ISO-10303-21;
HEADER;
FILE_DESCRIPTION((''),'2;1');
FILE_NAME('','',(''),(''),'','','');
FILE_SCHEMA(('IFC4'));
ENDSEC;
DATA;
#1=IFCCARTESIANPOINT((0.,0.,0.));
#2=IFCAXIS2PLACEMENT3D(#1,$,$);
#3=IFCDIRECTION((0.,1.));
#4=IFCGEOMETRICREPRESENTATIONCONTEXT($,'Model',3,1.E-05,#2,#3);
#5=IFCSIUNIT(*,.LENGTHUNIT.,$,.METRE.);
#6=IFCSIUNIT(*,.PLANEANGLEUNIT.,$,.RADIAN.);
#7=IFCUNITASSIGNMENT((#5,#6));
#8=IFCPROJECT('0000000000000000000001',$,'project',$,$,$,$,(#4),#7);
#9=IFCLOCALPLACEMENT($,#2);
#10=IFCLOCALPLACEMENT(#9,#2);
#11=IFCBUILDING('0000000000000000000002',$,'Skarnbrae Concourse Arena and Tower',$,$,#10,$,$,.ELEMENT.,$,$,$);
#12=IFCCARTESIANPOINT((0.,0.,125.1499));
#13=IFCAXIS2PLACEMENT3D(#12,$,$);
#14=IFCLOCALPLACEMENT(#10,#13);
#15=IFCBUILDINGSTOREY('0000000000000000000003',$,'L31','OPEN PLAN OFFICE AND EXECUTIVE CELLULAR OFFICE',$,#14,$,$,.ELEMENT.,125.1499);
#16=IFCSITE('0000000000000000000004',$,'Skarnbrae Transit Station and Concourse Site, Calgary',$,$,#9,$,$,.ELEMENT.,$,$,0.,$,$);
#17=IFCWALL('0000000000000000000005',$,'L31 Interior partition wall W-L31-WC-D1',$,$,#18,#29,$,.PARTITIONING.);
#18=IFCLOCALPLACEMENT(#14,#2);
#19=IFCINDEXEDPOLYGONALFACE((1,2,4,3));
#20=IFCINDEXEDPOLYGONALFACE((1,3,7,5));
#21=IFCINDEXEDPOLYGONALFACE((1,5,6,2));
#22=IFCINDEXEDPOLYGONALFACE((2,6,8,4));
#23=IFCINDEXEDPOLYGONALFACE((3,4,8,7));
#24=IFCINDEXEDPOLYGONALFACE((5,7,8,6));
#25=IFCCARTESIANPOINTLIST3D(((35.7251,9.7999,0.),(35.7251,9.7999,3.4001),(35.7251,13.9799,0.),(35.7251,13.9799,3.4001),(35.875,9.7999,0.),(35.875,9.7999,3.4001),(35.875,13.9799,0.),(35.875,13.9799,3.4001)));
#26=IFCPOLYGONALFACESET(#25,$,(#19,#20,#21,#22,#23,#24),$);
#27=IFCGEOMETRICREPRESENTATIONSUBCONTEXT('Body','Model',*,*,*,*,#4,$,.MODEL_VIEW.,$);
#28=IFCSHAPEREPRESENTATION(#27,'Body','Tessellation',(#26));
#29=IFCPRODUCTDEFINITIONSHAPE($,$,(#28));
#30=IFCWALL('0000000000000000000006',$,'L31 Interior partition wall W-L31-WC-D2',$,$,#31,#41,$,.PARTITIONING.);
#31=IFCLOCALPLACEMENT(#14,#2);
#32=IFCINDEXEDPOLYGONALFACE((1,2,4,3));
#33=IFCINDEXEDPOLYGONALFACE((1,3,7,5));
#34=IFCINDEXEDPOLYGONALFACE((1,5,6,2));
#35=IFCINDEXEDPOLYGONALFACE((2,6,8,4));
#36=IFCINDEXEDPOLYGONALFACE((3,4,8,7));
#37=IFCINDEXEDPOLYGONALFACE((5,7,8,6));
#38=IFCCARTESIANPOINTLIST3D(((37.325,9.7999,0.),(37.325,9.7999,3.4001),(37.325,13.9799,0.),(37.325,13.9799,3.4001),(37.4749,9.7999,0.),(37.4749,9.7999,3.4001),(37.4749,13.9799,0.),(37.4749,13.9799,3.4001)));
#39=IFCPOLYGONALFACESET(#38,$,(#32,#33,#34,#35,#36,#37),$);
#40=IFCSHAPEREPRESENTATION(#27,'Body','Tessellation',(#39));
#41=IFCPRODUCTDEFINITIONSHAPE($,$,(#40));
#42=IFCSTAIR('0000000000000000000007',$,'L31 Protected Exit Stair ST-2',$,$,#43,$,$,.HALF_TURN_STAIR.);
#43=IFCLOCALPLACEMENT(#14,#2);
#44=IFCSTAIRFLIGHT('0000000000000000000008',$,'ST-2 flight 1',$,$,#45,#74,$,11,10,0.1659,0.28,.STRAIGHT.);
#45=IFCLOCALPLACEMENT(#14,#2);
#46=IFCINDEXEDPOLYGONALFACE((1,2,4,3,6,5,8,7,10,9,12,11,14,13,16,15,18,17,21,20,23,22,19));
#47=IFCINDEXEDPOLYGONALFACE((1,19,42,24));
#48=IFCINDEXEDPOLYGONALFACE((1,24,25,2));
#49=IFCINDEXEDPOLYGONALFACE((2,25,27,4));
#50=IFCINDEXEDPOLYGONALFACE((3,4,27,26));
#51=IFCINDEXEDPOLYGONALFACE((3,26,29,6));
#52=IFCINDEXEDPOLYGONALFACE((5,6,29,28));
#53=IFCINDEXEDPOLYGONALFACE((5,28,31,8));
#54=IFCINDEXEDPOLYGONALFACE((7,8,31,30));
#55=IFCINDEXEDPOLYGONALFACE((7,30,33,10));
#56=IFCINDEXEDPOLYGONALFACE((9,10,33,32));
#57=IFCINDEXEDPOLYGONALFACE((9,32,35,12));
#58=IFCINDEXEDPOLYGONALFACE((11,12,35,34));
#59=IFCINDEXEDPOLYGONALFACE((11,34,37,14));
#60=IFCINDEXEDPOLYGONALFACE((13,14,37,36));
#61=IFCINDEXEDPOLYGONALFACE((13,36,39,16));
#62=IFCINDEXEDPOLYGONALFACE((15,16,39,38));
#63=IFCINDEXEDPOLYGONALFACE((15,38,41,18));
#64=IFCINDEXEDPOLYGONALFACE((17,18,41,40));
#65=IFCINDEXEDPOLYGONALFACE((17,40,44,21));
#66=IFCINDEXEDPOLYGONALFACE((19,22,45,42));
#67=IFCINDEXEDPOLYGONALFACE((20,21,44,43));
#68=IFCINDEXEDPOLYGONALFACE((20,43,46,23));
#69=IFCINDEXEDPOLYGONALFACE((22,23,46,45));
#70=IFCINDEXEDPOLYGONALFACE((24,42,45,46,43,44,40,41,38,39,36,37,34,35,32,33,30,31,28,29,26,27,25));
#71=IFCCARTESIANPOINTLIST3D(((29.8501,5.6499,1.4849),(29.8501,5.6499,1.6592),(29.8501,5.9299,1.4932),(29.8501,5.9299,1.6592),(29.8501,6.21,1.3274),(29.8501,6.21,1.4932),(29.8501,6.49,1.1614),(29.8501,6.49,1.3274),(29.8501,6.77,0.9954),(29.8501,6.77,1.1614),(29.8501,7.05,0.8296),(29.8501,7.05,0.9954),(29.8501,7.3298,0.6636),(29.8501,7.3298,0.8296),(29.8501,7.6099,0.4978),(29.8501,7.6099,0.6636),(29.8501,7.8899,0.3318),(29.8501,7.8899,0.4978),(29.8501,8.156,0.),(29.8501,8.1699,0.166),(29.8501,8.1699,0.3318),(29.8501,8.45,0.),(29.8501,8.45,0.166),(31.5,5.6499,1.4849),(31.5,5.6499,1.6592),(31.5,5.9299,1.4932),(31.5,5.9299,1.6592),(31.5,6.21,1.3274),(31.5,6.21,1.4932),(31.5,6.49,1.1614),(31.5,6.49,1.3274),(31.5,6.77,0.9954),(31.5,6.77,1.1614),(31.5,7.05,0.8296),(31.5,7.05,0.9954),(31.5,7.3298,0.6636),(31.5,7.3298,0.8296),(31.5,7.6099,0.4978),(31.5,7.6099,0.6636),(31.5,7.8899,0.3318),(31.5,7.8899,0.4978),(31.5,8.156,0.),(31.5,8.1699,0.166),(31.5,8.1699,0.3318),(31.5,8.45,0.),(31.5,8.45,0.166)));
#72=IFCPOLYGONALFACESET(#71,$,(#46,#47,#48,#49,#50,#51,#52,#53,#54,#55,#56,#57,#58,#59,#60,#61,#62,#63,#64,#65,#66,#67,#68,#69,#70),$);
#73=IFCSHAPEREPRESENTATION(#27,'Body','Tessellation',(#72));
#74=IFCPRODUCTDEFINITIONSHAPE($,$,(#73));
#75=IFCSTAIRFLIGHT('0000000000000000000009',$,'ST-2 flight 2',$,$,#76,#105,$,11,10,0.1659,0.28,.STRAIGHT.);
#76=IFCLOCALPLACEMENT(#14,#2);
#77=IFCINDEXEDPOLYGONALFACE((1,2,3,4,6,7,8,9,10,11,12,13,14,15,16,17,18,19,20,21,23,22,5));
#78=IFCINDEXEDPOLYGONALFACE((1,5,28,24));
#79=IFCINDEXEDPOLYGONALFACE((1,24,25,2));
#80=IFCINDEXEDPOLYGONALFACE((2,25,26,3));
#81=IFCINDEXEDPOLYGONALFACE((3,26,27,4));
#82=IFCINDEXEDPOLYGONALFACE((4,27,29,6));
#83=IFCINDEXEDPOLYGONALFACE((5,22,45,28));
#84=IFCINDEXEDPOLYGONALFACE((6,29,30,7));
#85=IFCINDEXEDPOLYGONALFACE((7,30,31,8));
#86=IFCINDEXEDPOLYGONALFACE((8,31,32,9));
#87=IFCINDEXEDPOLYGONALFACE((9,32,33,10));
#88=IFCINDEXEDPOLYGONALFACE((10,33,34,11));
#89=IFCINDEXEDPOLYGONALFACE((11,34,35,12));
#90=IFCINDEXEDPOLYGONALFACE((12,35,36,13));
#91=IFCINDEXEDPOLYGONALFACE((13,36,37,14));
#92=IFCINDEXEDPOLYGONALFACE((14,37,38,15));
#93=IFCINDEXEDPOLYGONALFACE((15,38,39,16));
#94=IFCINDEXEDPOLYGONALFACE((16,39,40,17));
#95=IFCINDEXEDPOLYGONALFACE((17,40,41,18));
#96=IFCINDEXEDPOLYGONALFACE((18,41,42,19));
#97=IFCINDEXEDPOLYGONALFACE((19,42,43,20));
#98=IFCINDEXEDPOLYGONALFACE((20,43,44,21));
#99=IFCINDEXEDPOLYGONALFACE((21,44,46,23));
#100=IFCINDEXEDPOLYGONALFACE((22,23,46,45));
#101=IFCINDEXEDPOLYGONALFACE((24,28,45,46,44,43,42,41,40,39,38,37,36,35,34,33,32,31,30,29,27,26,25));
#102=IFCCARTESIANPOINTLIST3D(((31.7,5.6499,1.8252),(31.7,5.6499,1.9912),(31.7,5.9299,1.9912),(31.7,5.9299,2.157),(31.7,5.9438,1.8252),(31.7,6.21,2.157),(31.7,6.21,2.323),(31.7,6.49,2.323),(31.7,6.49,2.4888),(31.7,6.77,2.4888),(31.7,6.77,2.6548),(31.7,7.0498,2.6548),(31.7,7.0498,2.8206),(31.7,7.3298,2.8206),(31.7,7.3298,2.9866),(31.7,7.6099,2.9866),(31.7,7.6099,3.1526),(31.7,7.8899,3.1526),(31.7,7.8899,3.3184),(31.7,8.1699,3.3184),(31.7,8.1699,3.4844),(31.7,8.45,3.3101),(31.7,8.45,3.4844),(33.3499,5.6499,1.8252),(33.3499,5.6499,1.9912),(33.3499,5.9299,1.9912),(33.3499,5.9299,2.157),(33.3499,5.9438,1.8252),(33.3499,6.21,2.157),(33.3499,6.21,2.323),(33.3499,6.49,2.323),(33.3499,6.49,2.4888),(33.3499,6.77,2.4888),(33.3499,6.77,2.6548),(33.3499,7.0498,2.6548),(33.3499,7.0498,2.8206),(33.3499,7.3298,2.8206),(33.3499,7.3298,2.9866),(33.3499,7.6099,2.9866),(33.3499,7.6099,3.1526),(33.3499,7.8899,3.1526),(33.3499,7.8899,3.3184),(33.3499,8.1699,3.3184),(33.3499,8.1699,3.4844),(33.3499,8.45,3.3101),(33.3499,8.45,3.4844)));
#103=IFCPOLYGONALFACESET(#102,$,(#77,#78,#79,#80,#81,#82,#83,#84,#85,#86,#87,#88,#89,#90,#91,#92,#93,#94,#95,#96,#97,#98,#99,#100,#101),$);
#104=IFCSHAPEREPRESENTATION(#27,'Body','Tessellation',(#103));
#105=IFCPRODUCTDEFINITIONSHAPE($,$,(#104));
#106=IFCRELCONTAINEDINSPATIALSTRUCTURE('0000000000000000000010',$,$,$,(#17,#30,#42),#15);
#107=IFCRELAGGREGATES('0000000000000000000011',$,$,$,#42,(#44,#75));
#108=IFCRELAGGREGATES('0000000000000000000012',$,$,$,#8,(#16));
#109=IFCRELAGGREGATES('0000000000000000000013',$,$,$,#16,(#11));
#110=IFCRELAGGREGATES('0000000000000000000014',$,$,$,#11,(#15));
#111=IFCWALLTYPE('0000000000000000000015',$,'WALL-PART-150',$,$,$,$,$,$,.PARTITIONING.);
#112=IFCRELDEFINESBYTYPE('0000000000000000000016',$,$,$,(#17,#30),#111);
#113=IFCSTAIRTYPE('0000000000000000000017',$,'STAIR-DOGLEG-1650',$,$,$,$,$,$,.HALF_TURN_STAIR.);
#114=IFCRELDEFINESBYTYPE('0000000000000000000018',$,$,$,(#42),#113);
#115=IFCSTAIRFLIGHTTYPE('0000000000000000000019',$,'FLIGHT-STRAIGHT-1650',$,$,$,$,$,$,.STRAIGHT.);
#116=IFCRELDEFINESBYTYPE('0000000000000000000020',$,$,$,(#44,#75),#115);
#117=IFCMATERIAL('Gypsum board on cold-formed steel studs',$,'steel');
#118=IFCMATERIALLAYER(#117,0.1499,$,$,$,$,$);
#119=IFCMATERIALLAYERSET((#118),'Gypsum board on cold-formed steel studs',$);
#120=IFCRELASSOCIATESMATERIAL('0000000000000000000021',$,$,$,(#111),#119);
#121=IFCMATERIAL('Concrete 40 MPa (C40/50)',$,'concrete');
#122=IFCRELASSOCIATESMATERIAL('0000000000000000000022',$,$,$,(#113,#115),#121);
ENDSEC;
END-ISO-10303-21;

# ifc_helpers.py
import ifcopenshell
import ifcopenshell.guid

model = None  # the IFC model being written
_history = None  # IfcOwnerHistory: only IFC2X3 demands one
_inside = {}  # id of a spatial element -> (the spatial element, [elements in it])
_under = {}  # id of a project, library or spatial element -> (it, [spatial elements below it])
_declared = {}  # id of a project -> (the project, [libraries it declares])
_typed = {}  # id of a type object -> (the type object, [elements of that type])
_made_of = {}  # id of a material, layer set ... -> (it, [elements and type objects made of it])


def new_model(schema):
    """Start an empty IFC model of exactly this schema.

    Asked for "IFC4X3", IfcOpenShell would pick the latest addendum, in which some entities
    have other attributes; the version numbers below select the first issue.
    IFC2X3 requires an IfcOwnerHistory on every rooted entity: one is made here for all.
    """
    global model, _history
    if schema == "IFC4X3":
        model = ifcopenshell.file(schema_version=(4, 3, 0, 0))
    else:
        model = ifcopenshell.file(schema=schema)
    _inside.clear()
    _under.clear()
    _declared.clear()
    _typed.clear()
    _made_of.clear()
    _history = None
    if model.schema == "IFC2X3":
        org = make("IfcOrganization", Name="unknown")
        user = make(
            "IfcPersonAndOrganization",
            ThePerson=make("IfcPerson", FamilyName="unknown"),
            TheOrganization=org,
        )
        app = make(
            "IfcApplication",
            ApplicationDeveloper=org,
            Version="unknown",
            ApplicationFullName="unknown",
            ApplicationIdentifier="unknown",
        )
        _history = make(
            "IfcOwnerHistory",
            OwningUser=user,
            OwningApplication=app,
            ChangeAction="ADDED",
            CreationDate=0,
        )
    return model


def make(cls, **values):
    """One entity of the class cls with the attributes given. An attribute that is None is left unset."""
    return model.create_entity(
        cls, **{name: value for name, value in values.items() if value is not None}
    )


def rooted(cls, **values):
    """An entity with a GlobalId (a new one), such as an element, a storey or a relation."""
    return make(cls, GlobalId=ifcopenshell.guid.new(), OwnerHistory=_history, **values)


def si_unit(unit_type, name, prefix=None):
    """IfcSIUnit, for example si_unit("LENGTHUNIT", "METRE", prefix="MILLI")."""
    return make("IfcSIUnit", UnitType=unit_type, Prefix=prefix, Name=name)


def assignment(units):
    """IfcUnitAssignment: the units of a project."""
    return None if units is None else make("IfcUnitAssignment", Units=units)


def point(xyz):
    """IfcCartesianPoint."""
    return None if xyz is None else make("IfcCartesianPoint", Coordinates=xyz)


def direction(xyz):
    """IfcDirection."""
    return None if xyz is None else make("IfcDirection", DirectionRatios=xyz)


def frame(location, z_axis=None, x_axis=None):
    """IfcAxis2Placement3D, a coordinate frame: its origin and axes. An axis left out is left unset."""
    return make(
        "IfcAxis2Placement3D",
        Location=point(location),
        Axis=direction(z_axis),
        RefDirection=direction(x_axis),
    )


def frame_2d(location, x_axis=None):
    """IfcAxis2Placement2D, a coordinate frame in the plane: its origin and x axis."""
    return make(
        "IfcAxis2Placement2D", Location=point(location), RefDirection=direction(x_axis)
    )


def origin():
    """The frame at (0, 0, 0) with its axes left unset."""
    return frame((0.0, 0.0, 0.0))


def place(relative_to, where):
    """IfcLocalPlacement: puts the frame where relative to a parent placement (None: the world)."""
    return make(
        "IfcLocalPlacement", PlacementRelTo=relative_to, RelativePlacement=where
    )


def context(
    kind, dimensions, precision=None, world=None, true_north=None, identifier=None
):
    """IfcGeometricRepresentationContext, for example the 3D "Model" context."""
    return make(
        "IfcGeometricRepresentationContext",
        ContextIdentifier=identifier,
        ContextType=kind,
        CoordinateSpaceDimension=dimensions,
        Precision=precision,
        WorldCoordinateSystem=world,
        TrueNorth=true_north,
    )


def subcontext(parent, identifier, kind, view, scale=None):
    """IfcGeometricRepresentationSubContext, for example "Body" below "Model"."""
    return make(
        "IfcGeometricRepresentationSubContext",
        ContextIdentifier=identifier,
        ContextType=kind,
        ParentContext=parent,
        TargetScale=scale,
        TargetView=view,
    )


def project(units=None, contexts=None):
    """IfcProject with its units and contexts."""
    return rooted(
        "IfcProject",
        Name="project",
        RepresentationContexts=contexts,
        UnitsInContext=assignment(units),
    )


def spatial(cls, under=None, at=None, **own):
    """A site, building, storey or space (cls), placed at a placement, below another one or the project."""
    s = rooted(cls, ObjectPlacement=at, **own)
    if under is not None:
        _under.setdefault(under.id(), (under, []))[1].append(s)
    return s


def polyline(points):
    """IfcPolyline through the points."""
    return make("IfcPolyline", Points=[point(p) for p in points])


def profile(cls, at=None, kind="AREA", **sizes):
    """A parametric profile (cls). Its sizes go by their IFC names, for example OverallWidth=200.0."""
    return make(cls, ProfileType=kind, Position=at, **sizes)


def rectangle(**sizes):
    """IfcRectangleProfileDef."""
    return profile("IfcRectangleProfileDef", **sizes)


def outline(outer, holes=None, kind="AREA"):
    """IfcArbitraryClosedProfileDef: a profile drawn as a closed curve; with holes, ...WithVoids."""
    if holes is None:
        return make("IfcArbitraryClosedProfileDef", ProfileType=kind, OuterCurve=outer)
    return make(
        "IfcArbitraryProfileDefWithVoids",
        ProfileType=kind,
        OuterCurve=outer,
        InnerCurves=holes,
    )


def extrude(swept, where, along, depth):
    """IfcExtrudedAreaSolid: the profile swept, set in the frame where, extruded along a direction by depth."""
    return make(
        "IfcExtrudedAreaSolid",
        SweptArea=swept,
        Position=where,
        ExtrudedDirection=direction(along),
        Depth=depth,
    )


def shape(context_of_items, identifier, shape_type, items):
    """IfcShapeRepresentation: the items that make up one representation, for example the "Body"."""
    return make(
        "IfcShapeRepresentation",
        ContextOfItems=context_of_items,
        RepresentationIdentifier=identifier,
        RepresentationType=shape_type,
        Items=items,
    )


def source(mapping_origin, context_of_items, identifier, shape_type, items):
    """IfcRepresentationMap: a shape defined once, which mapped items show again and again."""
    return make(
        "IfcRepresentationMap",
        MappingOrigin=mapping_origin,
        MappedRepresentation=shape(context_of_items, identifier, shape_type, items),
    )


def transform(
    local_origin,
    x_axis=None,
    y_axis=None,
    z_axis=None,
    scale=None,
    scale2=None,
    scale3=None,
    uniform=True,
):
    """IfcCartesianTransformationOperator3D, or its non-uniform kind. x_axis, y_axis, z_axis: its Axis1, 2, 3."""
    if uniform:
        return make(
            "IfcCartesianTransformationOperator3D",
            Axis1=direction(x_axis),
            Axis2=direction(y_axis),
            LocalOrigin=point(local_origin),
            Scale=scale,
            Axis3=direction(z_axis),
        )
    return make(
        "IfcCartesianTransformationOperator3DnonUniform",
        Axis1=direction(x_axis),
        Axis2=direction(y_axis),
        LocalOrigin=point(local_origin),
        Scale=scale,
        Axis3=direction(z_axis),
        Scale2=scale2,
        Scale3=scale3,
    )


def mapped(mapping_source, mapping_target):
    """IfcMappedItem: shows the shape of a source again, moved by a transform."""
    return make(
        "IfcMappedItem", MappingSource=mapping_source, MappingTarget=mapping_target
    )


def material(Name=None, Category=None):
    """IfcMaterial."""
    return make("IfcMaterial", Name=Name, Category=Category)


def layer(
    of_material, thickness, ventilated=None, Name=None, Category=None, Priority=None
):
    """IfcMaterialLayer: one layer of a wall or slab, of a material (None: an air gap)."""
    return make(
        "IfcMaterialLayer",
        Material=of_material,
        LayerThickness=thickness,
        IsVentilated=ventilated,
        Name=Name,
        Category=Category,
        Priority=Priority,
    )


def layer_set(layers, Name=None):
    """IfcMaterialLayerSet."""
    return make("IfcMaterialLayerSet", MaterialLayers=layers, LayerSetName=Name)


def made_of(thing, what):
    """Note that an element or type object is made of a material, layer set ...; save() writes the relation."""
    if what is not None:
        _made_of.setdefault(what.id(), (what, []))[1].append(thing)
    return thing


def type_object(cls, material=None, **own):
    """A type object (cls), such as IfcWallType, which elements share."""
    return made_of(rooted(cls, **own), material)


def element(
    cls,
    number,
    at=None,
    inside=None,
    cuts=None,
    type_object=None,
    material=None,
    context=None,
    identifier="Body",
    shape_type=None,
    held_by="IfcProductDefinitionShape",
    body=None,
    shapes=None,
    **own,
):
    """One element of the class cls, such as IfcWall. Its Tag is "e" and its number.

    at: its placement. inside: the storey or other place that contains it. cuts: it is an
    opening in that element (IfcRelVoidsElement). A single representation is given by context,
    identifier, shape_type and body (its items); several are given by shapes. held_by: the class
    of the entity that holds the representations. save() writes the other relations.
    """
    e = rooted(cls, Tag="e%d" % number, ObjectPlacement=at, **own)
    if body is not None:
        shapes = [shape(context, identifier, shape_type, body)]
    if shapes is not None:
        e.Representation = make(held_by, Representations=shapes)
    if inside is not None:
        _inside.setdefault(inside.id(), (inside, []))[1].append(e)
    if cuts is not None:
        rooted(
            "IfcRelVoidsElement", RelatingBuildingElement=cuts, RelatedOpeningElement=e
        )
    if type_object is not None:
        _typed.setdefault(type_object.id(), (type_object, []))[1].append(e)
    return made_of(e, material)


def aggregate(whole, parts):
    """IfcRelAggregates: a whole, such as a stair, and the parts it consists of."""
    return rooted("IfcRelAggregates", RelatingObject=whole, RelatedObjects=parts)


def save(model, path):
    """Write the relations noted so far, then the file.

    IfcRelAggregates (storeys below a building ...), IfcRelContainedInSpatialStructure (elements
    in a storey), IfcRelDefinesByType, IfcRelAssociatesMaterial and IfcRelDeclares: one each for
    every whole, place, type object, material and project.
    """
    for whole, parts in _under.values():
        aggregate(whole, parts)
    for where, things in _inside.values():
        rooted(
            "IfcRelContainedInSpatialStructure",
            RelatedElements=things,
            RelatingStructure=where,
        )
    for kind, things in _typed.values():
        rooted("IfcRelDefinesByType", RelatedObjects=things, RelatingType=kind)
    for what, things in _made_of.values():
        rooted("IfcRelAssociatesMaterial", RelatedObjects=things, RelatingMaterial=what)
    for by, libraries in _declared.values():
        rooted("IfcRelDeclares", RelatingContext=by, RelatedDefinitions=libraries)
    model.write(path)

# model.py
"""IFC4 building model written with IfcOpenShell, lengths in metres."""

from ifc_helpers import new_model, si_unit, direction, frame, frame_2d, origin, place, context, subcontext, project, spatial, polyline, rectangle, outline, extrude, source, transform, mapped, material, layer, layer_set, type_object, element, aggregate, save


model = new_model("IFC4")

# Units and contexts
model_context = context("Model", 3, precision=1e-05, world=origin(), true_north=direction((0.0, 1.0)))
body_context = subcontext(model_context, "Body", "Model", "MODEL_VIEW")
ifc_project = project(units=[si_unit("LENGTHUNIT", "METRE"), si_unit("PLANEANGLEUNIT", "RADIAN")], contexts=[model_context])

# Site, building, storey
site_placement = place(None, origin())
site = spatial("IfcSite", under=ifc_project, at=site_placement, Name="Skarnbrae Transit Station and Concourse Site, Calgary", CompositionType="ELEMENT", RefElevation=0.0)
building_placement = place(site_placement, origin())
building = spatial("IfcBuilding", under=site, at=building_placement, Name="Skarnbrae Concourse Arena and Tower", CompositionType="ELEMENT")
storey_placement = place(building_placement, frame((0.0, 0.0, 125.1499)))
storey = spatial("IfcBuildingStorey", under=building, at=storey_placement, Name="L31", Description="OPEN PLAN OFFICE AND EXECUTIVE CELLULAR OFFICE", CompositionType="ELEMENT", Elevation=125.1499)

# Walls
ifc_material_1 = material(Name="Gypsum board on cold-formed steel studs", Category="steel")
ifc_layer_1 = layer(ifc_material_1, 0.1499)
ifc_layer_set_1 = layer_set([ifc_layer_1], Name="Gypsum board on cold-formed steel studs")
wall_type_1 = type_object("IfcWallType", Name="WALL-PART-150", PredefinedType="PARTITIONING", material=ifc_layer_set_1)
shared_shape_1 = source(origin(), body_context, "Body", "SweptSolid", [
    extrude(rectangle(XDim=4.1799, YDim=0.1499, at=frame_2d((2.0898, 0.0))), origin(), (0.0, 0.0, 1.0), 3.4001),
])
for number, where, z_axis, x_axis, name in (
    (1, (35.8, 9.8, 0.0), (0.0, 0.0, 1.0), (0.0, 1.0, 0.0), "L31 Interior partition wall W-L31-WC-D1"),
    (2, (37.3999, 9.8, 0.0), (0.0, 0.0, 1.0), (0.0, 1.0, 0.0), "L31 Interior partition wall W-L31-WC-D2"),
):
    element("IfcWall", number, at=place(storey_placement, frame(where, z_axis=z_axis, x_axis=x_axis)), inside=storey, type_object=wall_type_1, Name=name, PredefinedType="PARTITIONING", context=body_context, shape_type="MappedRepresentation", body=[
        mapped(shared_shape_1, transform((0.0, 0.0, 0.0))),
    ])

# Stair, stair flights
ifc_material_2 = material(Name="Concrete 40 MPa (C40/50)", Category="concrete")
stair_type = type_object("IfcStairType", Name="STAIR-DOGLEG-1650", PredefinedType="HALF_TURN_STAIR", material=ifc_material_2)
stair_placement = place(storey_placement, origin())
stair = element("IfcStair", 3, at=stair_placement, inside=storey, type_object=stair_type, Name="L31 Protected Exit Stair ST-2", PredefinedType="HALF_TURN_STAIR")
stair_flight_type = type_object("IfcStairFlightType", Name="FLIGHT-STRAIGHT-1650", PredefinedType="STRAIGHT", material=ifc_material_2)
shared_shape_2 = source(origin(), body_context, "Body", "SweptSolid", [
    extrude(outline(polyline([(0.0, 0.0), (0.0, 0.166), (0.28, 0.166), (0.28, 0.3318), (0.5601, 0.3318), (0.5601, 0.4978), (0.8401, 0.4978), (0.8401, 0.6636), (1.1201, 0.6636), (1.1201, 0.8296), (1.3999, 0.8296), (1.3999, 0.9954), (1.6799, 0.9954), (1.6799, 1.1614), (1.96, 1.1614), (1.96, 1.3274), (2.24, 1.3274), (2.24, 1.4932), (2.52, 1.4932), (2.52, 1.6592), (2.8, 1.6592), (2.8, 1.825), (2.8, 1.4849), (0.2939, 0.0), (0.0, 0.0)])), frame((0.0, 0.825, 0.0), z_axis=(0.0, -1.0, 0.0), x_axis=(1.0, 0.0, 0.0)), (0.0, 0.0, 1.0), 1.6499),
])
stair_flight_1_placement = place(storey_placement, frame((30.675, 8.45, 0.0), z_axis=(0.0, 0.0, 1.0), x_axis=(0.0, -1.0, 0.0)))
stair_flight_1 = element("IfcStairFlight", 4, at=stair_flight_1_placement, type_object=stair_flight_type, Name="ST-2 flight 1", NumberOfRisers=11, NumberOfTreads=10, PredefinedType="STRAIGHT", RiserHeight=0.1659, TreadLength=0.28, context=body_context, shape_type="MappedRepresentation", body=[
    mapped(shared_shape_2, transform((0.0, 0.0, 0.0))),
])
stair_flight_2_placement = place(storey_placement, frame((32.5249, 5.6499, 1.8252), z_axis=(0.0, 0.0, 1.0), x_axis=(0.0, 1.0, 0.0)))
stair_flight_2 = element("IfcStairFlight", 5, at=stair_flight_2_placement, type_object=stair_flight_type, Name="ST-2 flight 2", NumberOfRisers=11, NumberOfTreads=10, PredefinedType="STRAIGHT", RiserHeight=0.1659, TreadLength=0.28, context=body_context, shape_type="MappedRepresentation", body=[
    mapped(shared_shape_2, transform((0.0, 0.0, 0.0))),
])
aggregate(stair, [stair_flight_1, stair_flight_2])

save(model, "model.ifc")
